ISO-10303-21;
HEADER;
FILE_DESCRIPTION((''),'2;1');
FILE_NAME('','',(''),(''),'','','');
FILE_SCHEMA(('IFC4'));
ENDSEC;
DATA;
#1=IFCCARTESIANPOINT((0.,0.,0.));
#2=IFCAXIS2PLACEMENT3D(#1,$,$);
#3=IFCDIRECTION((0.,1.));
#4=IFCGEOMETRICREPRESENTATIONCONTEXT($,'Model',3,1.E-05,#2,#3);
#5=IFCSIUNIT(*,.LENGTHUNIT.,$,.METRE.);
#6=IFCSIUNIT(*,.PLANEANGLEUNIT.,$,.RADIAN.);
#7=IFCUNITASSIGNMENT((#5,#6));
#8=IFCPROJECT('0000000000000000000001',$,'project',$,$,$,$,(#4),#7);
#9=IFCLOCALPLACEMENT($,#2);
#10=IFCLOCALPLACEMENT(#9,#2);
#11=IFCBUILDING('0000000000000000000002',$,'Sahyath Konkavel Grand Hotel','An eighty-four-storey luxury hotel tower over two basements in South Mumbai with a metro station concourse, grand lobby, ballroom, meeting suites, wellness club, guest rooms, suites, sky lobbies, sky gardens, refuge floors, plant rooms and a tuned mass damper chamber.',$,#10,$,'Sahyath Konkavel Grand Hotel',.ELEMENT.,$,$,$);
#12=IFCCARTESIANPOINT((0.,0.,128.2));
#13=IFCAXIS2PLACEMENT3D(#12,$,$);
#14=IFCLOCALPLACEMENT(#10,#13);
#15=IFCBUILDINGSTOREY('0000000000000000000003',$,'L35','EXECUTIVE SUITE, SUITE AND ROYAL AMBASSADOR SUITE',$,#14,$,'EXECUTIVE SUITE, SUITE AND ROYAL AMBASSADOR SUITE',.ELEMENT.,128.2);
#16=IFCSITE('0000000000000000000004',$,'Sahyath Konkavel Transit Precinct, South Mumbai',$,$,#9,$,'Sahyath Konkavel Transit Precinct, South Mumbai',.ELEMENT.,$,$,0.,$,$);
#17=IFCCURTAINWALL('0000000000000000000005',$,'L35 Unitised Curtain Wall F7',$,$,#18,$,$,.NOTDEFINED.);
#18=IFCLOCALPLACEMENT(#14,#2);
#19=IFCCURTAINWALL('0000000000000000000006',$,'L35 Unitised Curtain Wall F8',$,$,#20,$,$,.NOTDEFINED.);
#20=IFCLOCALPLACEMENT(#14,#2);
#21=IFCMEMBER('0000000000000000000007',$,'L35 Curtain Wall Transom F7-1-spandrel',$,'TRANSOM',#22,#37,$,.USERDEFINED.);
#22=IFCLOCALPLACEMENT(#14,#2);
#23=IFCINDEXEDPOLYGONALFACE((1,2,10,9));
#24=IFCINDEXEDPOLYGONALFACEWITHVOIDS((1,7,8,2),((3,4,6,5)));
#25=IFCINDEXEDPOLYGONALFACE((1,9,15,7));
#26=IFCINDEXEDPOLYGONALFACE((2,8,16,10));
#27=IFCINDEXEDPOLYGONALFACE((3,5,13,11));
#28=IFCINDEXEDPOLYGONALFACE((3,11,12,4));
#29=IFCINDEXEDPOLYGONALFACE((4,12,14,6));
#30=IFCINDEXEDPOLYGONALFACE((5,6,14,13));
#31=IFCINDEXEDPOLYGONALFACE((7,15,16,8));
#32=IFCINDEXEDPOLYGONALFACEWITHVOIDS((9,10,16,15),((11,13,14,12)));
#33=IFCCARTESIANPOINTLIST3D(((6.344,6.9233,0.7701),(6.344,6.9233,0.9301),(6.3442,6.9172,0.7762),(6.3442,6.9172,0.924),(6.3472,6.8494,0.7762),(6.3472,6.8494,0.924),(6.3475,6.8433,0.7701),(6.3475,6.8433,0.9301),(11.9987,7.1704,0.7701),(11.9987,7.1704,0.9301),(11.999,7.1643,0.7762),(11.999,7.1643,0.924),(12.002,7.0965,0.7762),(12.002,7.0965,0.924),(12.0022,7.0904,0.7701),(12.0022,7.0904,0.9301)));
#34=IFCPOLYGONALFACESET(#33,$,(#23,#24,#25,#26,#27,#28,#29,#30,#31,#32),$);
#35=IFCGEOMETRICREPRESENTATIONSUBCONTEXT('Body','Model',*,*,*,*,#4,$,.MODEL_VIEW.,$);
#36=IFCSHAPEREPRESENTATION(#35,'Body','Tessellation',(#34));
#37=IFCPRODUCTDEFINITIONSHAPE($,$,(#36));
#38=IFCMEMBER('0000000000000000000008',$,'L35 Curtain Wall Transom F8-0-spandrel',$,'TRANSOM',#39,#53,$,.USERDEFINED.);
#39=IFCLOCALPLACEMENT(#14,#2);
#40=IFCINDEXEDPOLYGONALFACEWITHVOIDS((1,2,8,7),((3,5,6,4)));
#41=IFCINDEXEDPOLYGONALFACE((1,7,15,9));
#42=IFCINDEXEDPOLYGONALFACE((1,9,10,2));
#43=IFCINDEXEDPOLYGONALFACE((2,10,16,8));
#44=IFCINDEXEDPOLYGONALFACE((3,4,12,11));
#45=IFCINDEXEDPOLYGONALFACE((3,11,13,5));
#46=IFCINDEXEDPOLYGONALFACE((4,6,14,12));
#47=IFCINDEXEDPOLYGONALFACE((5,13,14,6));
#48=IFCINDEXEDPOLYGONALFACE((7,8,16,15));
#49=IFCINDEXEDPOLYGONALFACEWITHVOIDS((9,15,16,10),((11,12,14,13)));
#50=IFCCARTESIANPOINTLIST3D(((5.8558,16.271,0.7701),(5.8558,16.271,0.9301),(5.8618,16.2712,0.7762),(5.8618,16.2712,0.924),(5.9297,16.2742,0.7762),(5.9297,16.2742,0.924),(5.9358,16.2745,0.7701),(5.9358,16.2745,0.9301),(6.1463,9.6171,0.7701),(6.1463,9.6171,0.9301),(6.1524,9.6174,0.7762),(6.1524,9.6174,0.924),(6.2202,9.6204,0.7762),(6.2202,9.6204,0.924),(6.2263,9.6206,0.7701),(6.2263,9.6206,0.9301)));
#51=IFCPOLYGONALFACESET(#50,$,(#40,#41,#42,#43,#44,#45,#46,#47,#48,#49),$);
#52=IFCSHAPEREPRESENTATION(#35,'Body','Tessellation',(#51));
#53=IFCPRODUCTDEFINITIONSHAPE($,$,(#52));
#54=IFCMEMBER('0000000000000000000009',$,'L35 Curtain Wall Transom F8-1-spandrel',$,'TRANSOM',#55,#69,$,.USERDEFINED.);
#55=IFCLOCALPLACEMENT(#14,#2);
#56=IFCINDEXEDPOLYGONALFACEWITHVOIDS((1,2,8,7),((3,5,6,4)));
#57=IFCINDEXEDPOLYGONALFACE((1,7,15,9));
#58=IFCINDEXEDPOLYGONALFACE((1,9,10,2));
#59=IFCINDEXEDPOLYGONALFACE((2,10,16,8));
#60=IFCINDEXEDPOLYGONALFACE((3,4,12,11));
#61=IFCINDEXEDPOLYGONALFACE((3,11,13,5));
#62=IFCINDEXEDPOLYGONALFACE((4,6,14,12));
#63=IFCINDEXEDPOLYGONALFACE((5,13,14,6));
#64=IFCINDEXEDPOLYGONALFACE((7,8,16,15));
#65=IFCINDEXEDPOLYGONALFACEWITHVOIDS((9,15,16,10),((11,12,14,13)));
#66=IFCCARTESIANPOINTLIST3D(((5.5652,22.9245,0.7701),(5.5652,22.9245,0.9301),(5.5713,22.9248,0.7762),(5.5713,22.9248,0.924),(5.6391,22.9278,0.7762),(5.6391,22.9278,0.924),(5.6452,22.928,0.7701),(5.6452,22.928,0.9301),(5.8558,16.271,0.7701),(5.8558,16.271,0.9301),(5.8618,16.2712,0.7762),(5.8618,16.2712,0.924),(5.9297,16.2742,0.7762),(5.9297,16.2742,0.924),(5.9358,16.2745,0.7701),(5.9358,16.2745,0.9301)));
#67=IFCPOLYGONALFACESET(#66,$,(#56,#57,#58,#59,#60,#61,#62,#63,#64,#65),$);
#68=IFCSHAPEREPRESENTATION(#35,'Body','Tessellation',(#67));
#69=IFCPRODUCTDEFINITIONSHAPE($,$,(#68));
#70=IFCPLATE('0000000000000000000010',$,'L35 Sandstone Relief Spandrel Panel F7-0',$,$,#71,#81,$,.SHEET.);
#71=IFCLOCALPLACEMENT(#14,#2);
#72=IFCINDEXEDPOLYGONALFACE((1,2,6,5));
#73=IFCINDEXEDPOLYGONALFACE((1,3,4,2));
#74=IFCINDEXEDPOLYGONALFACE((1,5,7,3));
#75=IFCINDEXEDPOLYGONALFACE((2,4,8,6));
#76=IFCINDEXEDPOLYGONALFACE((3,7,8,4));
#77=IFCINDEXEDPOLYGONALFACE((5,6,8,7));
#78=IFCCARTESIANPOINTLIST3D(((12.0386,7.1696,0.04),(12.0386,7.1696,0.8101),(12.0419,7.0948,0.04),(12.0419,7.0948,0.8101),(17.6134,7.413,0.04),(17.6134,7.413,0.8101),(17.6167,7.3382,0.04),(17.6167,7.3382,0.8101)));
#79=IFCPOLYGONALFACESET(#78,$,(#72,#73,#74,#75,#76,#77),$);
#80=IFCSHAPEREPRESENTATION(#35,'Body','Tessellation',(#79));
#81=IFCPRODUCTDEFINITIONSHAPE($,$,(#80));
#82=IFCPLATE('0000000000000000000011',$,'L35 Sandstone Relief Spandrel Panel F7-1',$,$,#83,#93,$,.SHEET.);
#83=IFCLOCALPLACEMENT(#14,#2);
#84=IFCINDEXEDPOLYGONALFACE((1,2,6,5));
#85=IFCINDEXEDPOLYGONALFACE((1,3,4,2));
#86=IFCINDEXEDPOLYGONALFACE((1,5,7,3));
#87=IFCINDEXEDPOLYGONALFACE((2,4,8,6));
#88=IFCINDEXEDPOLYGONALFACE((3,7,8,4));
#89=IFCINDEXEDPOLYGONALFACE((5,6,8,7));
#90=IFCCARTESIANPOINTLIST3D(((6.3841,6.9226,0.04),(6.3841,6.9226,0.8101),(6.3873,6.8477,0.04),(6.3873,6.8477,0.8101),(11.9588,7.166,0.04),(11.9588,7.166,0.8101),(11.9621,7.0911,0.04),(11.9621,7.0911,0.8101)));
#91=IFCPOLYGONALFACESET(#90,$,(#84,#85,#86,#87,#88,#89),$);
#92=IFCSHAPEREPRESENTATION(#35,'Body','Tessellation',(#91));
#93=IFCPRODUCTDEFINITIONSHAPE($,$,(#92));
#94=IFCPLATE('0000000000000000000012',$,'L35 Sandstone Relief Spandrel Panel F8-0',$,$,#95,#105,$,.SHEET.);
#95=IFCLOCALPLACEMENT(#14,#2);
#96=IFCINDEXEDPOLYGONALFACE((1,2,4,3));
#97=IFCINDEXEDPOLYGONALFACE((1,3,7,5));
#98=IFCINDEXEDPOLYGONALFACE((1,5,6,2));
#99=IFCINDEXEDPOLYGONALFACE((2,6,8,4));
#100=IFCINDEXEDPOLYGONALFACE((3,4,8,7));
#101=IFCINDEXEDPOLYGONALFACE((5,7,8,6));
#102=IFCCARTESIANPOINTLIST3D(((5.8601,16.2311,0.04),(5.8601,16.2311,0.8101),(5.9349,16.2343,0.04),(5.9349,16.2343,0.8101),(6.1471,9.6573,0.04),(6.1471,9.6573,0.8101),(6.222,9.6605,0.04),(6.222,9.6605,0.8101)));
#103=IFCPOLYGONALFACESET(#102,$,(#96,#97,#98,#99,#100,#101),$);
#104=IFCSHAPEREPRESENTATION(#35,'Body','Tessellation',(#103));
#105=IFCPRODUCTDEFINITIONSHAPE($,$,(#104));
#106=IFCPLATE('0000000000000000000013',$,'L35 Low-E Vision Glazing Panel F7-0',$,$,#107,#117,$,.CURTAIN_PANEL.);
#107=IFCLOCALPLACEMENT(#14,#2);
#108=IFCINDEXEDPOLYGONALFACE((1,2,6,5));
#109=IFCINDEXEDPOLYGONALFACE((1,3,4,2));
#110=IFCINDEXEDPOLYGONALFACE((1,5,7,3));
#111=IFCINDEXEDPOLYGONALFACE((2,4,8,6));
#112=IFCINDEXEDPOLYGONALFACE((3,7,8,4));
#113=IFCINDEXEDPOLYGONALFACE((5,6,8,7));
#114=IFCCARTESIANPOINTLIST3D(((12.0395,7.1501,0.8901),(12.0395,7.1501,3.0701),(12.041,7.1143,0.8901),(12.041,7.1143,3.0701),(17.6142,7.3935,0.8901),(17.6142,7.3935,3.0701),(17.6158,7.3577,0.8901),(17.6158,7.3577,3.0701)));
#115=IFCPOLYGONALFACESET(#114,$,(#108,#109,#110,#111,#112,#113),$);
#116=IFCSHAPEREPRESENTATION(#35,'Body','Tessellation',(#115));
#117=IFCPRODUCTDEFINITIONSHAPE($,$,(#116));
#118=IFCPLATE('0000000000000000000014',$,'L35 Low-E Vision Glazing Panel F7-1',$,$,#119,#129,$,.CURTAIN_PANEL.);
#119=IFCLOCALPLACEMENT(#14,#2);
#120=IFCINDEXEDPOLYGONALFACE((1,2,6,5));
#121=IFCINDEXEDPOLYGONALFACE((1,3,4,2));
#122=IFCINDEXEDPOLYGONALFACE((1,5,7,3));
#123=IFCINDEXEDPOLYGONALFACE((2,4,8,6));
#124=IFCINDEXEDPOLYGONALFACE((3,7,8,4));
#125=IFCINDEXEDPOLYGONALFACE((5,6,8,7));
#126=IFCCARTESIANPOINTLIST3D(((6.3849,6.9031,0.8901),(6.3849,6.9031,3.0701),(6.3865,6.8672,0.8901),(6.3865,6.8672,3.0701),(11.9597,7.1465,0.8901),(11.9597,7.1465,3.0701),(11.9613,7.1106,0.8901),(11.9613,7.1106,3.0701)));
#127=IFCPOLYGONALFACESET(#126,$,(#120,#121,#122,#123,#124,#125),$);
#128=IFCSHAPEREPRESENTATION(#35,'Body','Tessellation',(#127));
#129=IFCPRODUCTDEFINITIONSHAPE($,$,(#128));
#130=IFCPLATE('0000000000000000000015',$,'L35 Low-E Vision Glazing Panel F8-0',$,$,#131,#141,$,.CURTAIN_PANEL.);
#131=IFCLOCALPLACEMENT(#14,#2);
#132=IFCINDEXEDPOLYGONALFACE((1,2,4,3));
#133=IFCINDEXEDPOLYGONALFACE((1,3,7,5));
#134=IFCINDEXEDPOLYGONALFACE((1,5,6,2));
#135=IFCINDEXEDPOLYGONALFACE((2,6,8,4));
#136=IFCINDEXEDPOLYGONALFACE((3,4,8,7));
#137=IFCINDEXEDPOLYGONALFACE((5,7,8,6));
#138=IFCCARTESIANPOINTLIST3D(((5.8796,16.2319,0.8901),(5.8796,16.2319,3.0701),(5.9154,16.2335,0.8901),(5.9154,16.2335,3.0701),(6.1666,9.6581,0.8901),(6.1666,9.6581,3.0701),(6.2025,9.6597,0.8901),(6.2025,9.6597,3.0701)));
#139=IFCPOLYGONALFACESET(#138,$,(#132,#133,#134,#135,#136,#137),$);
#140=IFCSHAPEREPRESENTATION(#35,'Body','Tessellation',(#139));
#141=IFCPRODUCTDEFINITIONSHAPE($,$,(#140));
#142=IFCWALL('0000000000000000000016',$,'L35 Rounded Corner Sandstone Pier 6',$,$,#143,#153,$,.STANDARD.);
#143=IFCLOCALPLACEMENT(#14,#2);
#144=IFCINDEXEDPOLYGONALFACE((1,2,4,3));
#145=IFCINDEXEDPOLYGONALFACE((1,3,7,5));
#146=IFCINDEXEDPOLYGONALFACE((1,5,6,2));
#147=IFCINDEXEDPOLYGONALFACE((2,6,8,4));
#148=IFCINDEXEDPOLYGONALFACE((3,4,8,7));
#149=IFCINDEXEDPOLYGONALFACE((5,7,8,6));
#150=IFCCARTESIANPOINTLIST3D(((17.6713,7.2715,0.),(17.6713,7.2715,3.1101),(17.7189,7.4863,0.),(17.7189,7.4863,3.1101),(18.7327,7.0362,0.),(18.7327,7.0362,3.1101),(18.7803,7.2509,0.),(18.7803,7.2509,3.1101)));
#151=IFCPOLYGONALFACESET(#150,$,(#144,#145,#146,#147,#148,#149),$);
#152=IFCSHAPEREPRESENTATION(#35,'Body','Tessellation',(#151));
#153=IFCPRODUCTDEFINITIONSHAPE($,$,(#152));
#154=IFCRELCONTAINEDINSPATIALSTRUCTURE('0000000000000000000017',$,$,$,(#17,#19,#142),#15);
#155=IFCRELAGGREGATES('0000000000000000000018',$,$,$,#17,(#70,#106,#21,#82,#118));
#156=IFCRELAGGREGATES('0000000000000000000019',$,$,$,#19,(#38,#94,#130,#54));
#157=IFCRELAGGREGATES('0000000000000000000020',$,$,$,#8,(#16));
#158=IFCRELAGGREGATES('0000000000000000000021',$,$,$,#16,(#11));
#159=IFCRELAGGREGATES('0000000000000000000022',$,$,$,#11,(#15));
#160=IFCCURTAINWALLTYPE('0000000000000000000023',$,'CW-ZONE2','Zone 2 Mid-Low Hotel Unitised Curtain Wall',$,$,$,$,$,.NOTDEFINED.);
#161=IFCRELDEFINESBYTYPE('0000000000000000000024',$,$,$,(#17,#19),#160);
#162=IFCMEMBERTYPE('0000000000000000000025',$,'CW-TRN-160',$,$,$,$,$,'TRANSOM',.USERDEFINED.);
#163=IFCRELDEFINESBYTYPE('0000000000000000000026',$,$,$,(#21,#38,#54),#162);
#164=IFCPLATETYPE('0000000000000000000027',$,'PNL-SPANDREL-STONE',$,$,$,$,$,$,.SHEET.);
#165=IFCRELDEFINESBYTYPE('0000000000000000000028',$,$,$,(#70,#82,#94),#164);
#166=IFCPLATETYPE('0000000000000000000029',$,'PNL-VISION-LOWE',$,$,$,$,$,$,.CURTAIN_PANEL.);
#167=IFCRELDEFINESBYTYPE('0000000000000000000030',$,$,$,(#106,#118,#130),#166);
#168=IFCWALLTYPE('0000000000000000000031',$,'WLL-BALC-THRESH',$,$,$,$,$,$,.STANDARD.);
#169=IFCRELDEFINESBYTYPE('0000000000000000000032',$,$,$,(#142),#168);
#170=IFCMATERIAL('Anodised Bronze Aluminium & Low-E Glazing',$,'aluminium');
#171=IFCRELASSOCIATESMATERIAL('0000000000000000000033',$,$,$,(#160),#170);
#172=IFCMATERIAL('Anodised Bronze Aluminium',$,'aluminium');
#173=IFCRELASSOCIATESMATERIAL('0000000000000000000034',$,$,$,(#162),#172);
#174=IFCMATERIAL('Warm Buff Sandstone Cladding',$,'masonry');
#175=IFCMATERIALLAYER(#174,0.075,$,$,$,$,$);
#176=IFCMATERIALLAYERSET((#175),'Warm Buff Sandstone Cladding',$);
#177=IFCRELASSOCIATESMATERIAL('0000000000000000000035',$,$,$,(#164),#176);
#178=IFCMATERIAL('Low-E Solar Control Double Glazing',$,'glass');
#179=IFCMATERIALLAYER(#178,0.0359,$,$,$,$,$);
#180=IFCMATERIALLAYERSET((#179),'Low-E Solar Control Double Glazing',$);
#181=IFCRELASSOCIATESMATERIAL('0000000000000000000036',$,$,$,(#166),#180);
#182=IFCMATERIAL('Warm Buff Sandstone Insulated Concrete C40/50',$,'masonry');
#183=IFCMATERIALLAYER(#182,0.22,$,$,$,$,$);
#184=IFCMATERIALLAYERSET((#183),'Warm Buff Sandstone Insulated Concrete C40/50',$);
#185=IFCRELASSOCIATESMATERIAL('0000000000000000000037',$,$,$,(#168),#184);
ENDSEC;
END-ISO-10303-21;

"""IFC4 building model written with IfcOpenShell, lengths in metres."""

from ifc_helpers import new_model, si_unit, direction, frame, frame_2d, origin, origin_2d, place, context, subcontext, project, spatial, rectangle, hollow_rectangle, extrude, source, transform, mapped, material, layer, layer_set, material_profile, profile_set, type_object, element, aggregate, save


model = new_model("IFC4")

# Units and contexts
model_context = context("Model", 3, precision=1e-05, world=origin(), true_north=direction((0.0, 1.0)))
body_context = subcontext(model_context, "Body", "Model", "MODEL_VIEW")
ifc_project = project(units=[si_unit("LENGTHUNIT", "METRE"), si_unit("PLANEANGLEUNIT", "RADIAN")], contexts=[model_context])

# Site, building, storey
site_placement = place(None, origin())
site = spatial("IfcSite", under=ifc_project, at=site_placement, Name="Sahyath Konkavel Transit Precinct, South Mumbai", LongName="Sahyath Konkavel Transit Precinct, South Mumbai", CompositionType="ELEMENT", RefElevation=0.0)
building_placement = place(site_placement, origin())
building = spatial("IfcBuilding", under=site, at=building_placement, Name="Sahyath Konkavel Grand Hotel", Description="An eighty-four-storey luxury hotel tower over two basements in South Mumbai with a metro station concourse, grand lobby, ballroom, meeting suites, wellness club, guest rooms, suites, sky lobbies, sky gardens, refuge floors, plant rooms and a tuned mass damper chamber.", LongName="Sahyath Konkavel Grand Hotel", CompositionType="ELEMENT")
storey_placement = place(building_placement, frame((0.0, 0.0, 128.2)))
storey = spatial("IfcBuildingStorey", under=building, at=storey_placement, Name="L35", Description="EXECUTIVE SUITE, SUITE AND ROYAL AMBASSADOR SUITE", LongName="EXECUTIVE SUITE, SUITE AND ROYAL AMBASSADOR SUITE", CompositionType="ELEMENT", Elevation=128.2)

# Curtain walls
ifc_material_1 = material(Name="Anodised Bronze Aluminium & Low-E Glazing", Category="aluminium")
curtain_wall_type = type_object("IfcCurtainWallType", Name="CW-ZONE2", Description="Zone 2 Mid-Low Hotel Unitised Curtain Wall", PredefinedType="NOTDEFINED", material=ifc_material_1)
curtain_wall_1_placement = place(storey_placement, origin())
curtain_wall_1 = element("IfcCurtainWall", 1, at=curtain_wall_1_placement, inside=storey, type_object=curtain_wall_type, Name="L35 Unitised Curtain Wall F7", PredefinedType="NOTDEFINED")
curtain_wall_2_placement = place(storey_placement, origin())
curtain_wall_2 = element("IfcCurtainWall", 2, at=curtain_wall_2_placement, inside=storey, type_object=curtain_wall_type, Name="L35 Unitised Curtain Wall F8", PredefinedType="NOTDEFINED")

# Members
ifc_material_2 = material(Name="Anodised Bronze Aluminium", Category="aluminium")
ifc_material_profile_1 = material_profile(ifc_material_2, hollow_rectangle(XDim=0.0801, YDim=0.1599, WallThickness=0.0061, at=origin_2d()), Name="RHS 160x80x6")
ifc_profile_set_1 = profile_set([ifc_material_profile_1], Name="Anodised Bronze Aluminium")
member_type_1 = type_object("IfcMemberType", Name="CW-TRN-160", ElementType="TRANSOM", PredefinedType="USERDEFINED", material=ifc_profile_set_1)
shared_shape_1 = source(origin(), body_context, "Body", "SweptSolid", [
    extrude(hollow_rectangle(XDim=0.0801, YDim=0.1599, WallThickness=0.0061, at=origin_2d()), origin(), (0.0, 0.0, 1.0), 5.6602),
])
member_1_placement = place(storey_placement, frame((12.0005, 7.1304, 0.8501), z_axis=(-0.999047, -0.043651, 0.0), x_axis=(0.043651, -0.999047, 0.0)))
member_1 = element("IfcMember", 3, at=member_1_placement, type_object=member_type_1, Name="L35 Curtain Wall Transom F7-1-spandrel", ObjectType="TRANSOM", PredefinedType="USERDEFINED", context=body_context, shape_type="MappedRepresentation", body=[
    mapped(shared_shape_1, transform((0.0, 0.0, 0.0), scale=1.0)),
])
shared_shape_2 = source(origin(), body_context, "Body", "SweptSolid", [
    extrude(hollow_rectangle(XDim=0.0801, YDim=0.1599, WallThickness=0.0061, at=origin_2d()), origin(), (0.0, 0.0, 1.0), 6.6602),
])
member_2_placement = place(storey_placement, frame((6.1863, 9.6189, 0.8501), z_axis=(-0.043622, 0.999048, 0.0), x_axis=(-0.999048, -0.043622, 0.0)))
member_2 = element("IfcMember", 4, at=member_2_placement, type_object=member_type_1, Name="L35 Curtain Wall Transom F8-0-spandrel", ObjectType="TRANSOM", PredefinedType="USERDEFINED", context=body_context, shape_type="MappedRepresentation", body=[
    mapped(shared_shape_2, transform((0.0, 0.0, 0.0), scale=1.0)),
])
shared_shape_3 = source(origin(), body_context, "Body", "SweptSolid", [
    extrude(hollow_rectangle(XDim=0.0801, YDim=0.1599, WallThickness=0.0061, at=origin_2d()), origin(), (0.0, 0.0, 1.0), 6.6599),
])
member_3_placement = place(storey_placement, frame((5.8958, 16.2727, 0.8501), z_axis=(-0.043623, 0.999048, 0.0), x_axis=(-0.999048, -0.043623, 0.0)))
member_3 = element("IfcMember", 5, at=member_3_placement, type_object=member_type_1, Name="L35 Curtain Wall Transom F8-1-spandrel", ObjectType="TRANSOM", PredefinedType="USERDEFINED", context=body_context, shape_type="MappedRepresentation", body=[
    mapped(shared_shape_3, transform((0.0, 0.0, 0.0), scale=1.0)),
])

# Plates
ifc_material_3 = material(Name="Warm Buff Sandstone Cladding", Category="masonry")
ifc_layer_1 = layer(ifc_material_3, 0.075)
ifc_layer_set_1 = layer_set([ifc_layer_1], Name="Warm Buff Sandstone Cladding")
plate_type_1 = type_object("IfcPlateType", Name="PNL-SPANDREL-STONE", PredefinedType="SHEET", material=ifc_layer_set_1)
shared_shape_4 = source(origin(), body_context, "Body", "SweptSolid", [
    extrude(rectangle(XDim=5.5801, YDim=0.075, at=origin_2d()), origin(), (0.0, 0.0, 1.0), 0.77),
])
plate_1_placement = place(storey_placement, frame((14.8276, 7.2539, 0.04), z_axis=(0.0, 0.0, 1.0), x_axis=(-0.999048, -0.043619, 0.0)))
plate_1 = element("IfcPlate", 6, at=plate_1_placement, type_object=plate_type_1, Name="L35 Sandstone Relief Spandrel Panel F7-0", PredefinedType="SHEET", context=body_context, shape_type="MappedRepresentation", body=[
    mapped(shared_shape_4, transform((0.0, 0.0, 0.0), scale=1.0)),
])
plate_2_placement = place(storey_placement, frame((9.1731, 7.0068, 0.04), z_axis=(0.0, 0.0, 1.0), x_axis=(-0.999048, -0.043619, 0.0)))
plate_2 = element("IfcPlate", 7, at=plate_2_placement, type_object=plate_type_1, Name="L35 Sandstone Relief Spandrel Panel F7-1", PredefinedType="SHEET", context=body_context, shape_type="MappedRepresentation", body=[
    mapped(shared_shape_4, transform((0.0, 0.0, 0.0), scale=1.0)),
])
shared_shape_5 = source(origin(), body_context, "Body", "SweptSolid", [
    extrude(rectangle(XDim=6.5801, YDim=0.075, at=origin_2d()), origin(), (0.0, 0.0, 1.0), 0.77),
])
plate_3_placement = place(storey_placement, frame((6.041, 12.9458, 0.04), z_axis=(0.0, 0.0, 1.0), x_axis=(-0.043619, 0.999048, 0.0)))
plate_3 = element("IfcPlate", 8, at=plate_3_placement, type_object=plate_type_1, Name="L35 Sandstone Relief Spandrel Panel F8-0", PredefinedType="SHEET", context=body_context, shape_type="MappedRepresentation", body=[
    mapped(shared_shape_5, transform((0.0, 0.0, 0.0), scale=1.0)),
])
ifc_material_4 = material(Name="Low-E Solar Control Double Glazing", Category="glass")
ifc_layer_2 = layer(ifc_material_4, 0.0359)
ifc_layer_set_2 = layer_set([ifc_layer_2], Name="Low-E Solar Control Double Glazing")
plate_type_2 = type_object("IfcPlateType", Name="PNL-VISION-LOWE", PredefinedType="CURTAIN_PANEL", material=ifc_layer_set_2)
shared_shape_6 = source(origin(), body_context, "Body", "SweptSolid", [
    extrude(rectangle(XDim=5.5801, YDim=0.0359, at=origin_2d()), origin(), (0.0, 0.0, 1.0), 2.1799),
])
plate_4_placement = place(storey_placement, frame((14.8276, 7.2539, 0.8901), z_axis=(0.0, 0.0, 1.0), x_axis=(-0.999048, -0.043619, 0.0)))
plate_4 = element("IfcPlate", 9, at=plate_4_placement, type_object=plate_type_2, Name="L35 Low-E Vision Glazing Panel F7-0", PredefinedType="CURTAIN_PANEL", context=body_context, shape_type="MappedRepresentation", body=[
    mapped(shared_shape_6, transform((0.0, 0.0, 0.0), scale=1.0)),
])
plate_5_placement = place(storey_placement, frame((9.1731, 7.0068, 0.8901), z_axis=(0.0, 0.0, 1.0), x_axis=(-0.999048, -0.043619, 0.0)))
plate_5 = element("IfcPlate", 10, at=plate_5_placement, type_object=plate_type_2, Name="L35 Low-E Vision Glazing Panel F7-1", PredefinedType="CURTAIN_PANEL", context=body_context, shape_type="MappedRepresentation", body=[
    mapped(shared_shape_6, transform((0.0, 0.0, 0.0), scale=1.0)),
])
aggregate(curtain_wall_1, [plate_1, plate_4, member_1, plate_2, plate_5])
shared_shape_7 = source(origin(), body_context, "Body", "SweptSolid", [
    extrude(rectangle(XDim=6.5801, YDim=0.0359, at=origin_2d()), origin(), (0.0, 0.0, 1.0), 2.1799),
])
plate_6_placement = place(storey_placement, frame((6.041, 12.9458, 0.8901), z_axis=(0.0, 0.0, 1.0), x_axis=(-0.043619, 0.999048, 0.0)))
plate_6 = element("IfcPlate", 11, at=plate_6_placement, type_object=plate_type_2, Name="L35 Low-E Vision Glazing Panel F8-0", PredefinedType="CURTAIN_PANEL", context=body_context, shape_type="MappedRepresentation", body=[
    mapped(shared_shape_7, transform((0.0, 0.0, 0.0), scale=1.0)),
])
aggregate(curtain_wall_2, [member_2, plate_3, plate_6, member_3])

# Wall
ifc_material_5 = material(Name="Warm Buff Sandstone Insulated Concrete C40/50", Category="masonry")
ifc_layer_3 = layer(ifc_material_5, 0.22)
ifc_layer_set_3 = layer_set([ifc_layer_3], Name="Warm Buff Sandstone Insulated Concrete C40/50")
wall_type_1 = type_object("IfcWallType", Name="WLL-BALC-THRESH", PredefinedType="STANDARD", material=ifc_layer_set_3)
wall_1_placement = place(storey_placement, frame((18.7563, 7.1436, 0.0), z_axis=(0.0, 0.0, 1.0), x_axis=(-0.976282, 0.216502, 0.0)))
element("IfcWall", 12, at=wall_1_placement, inside=storey, type_object=wall_type_1, Name="L35 Rounded Corner Sandstone Pier 6", PredefinedType="STANDARD", context=body_context, shape_type="SweptSolid", body=[
    extrude(rectangle(XDim=1.0872, YDim=0.22, at=frame_2d((0.5435, 0.0))), origin(), (0.0, 0.0, 1.0), 3.1101),
])

save(model, "model.ifc")
